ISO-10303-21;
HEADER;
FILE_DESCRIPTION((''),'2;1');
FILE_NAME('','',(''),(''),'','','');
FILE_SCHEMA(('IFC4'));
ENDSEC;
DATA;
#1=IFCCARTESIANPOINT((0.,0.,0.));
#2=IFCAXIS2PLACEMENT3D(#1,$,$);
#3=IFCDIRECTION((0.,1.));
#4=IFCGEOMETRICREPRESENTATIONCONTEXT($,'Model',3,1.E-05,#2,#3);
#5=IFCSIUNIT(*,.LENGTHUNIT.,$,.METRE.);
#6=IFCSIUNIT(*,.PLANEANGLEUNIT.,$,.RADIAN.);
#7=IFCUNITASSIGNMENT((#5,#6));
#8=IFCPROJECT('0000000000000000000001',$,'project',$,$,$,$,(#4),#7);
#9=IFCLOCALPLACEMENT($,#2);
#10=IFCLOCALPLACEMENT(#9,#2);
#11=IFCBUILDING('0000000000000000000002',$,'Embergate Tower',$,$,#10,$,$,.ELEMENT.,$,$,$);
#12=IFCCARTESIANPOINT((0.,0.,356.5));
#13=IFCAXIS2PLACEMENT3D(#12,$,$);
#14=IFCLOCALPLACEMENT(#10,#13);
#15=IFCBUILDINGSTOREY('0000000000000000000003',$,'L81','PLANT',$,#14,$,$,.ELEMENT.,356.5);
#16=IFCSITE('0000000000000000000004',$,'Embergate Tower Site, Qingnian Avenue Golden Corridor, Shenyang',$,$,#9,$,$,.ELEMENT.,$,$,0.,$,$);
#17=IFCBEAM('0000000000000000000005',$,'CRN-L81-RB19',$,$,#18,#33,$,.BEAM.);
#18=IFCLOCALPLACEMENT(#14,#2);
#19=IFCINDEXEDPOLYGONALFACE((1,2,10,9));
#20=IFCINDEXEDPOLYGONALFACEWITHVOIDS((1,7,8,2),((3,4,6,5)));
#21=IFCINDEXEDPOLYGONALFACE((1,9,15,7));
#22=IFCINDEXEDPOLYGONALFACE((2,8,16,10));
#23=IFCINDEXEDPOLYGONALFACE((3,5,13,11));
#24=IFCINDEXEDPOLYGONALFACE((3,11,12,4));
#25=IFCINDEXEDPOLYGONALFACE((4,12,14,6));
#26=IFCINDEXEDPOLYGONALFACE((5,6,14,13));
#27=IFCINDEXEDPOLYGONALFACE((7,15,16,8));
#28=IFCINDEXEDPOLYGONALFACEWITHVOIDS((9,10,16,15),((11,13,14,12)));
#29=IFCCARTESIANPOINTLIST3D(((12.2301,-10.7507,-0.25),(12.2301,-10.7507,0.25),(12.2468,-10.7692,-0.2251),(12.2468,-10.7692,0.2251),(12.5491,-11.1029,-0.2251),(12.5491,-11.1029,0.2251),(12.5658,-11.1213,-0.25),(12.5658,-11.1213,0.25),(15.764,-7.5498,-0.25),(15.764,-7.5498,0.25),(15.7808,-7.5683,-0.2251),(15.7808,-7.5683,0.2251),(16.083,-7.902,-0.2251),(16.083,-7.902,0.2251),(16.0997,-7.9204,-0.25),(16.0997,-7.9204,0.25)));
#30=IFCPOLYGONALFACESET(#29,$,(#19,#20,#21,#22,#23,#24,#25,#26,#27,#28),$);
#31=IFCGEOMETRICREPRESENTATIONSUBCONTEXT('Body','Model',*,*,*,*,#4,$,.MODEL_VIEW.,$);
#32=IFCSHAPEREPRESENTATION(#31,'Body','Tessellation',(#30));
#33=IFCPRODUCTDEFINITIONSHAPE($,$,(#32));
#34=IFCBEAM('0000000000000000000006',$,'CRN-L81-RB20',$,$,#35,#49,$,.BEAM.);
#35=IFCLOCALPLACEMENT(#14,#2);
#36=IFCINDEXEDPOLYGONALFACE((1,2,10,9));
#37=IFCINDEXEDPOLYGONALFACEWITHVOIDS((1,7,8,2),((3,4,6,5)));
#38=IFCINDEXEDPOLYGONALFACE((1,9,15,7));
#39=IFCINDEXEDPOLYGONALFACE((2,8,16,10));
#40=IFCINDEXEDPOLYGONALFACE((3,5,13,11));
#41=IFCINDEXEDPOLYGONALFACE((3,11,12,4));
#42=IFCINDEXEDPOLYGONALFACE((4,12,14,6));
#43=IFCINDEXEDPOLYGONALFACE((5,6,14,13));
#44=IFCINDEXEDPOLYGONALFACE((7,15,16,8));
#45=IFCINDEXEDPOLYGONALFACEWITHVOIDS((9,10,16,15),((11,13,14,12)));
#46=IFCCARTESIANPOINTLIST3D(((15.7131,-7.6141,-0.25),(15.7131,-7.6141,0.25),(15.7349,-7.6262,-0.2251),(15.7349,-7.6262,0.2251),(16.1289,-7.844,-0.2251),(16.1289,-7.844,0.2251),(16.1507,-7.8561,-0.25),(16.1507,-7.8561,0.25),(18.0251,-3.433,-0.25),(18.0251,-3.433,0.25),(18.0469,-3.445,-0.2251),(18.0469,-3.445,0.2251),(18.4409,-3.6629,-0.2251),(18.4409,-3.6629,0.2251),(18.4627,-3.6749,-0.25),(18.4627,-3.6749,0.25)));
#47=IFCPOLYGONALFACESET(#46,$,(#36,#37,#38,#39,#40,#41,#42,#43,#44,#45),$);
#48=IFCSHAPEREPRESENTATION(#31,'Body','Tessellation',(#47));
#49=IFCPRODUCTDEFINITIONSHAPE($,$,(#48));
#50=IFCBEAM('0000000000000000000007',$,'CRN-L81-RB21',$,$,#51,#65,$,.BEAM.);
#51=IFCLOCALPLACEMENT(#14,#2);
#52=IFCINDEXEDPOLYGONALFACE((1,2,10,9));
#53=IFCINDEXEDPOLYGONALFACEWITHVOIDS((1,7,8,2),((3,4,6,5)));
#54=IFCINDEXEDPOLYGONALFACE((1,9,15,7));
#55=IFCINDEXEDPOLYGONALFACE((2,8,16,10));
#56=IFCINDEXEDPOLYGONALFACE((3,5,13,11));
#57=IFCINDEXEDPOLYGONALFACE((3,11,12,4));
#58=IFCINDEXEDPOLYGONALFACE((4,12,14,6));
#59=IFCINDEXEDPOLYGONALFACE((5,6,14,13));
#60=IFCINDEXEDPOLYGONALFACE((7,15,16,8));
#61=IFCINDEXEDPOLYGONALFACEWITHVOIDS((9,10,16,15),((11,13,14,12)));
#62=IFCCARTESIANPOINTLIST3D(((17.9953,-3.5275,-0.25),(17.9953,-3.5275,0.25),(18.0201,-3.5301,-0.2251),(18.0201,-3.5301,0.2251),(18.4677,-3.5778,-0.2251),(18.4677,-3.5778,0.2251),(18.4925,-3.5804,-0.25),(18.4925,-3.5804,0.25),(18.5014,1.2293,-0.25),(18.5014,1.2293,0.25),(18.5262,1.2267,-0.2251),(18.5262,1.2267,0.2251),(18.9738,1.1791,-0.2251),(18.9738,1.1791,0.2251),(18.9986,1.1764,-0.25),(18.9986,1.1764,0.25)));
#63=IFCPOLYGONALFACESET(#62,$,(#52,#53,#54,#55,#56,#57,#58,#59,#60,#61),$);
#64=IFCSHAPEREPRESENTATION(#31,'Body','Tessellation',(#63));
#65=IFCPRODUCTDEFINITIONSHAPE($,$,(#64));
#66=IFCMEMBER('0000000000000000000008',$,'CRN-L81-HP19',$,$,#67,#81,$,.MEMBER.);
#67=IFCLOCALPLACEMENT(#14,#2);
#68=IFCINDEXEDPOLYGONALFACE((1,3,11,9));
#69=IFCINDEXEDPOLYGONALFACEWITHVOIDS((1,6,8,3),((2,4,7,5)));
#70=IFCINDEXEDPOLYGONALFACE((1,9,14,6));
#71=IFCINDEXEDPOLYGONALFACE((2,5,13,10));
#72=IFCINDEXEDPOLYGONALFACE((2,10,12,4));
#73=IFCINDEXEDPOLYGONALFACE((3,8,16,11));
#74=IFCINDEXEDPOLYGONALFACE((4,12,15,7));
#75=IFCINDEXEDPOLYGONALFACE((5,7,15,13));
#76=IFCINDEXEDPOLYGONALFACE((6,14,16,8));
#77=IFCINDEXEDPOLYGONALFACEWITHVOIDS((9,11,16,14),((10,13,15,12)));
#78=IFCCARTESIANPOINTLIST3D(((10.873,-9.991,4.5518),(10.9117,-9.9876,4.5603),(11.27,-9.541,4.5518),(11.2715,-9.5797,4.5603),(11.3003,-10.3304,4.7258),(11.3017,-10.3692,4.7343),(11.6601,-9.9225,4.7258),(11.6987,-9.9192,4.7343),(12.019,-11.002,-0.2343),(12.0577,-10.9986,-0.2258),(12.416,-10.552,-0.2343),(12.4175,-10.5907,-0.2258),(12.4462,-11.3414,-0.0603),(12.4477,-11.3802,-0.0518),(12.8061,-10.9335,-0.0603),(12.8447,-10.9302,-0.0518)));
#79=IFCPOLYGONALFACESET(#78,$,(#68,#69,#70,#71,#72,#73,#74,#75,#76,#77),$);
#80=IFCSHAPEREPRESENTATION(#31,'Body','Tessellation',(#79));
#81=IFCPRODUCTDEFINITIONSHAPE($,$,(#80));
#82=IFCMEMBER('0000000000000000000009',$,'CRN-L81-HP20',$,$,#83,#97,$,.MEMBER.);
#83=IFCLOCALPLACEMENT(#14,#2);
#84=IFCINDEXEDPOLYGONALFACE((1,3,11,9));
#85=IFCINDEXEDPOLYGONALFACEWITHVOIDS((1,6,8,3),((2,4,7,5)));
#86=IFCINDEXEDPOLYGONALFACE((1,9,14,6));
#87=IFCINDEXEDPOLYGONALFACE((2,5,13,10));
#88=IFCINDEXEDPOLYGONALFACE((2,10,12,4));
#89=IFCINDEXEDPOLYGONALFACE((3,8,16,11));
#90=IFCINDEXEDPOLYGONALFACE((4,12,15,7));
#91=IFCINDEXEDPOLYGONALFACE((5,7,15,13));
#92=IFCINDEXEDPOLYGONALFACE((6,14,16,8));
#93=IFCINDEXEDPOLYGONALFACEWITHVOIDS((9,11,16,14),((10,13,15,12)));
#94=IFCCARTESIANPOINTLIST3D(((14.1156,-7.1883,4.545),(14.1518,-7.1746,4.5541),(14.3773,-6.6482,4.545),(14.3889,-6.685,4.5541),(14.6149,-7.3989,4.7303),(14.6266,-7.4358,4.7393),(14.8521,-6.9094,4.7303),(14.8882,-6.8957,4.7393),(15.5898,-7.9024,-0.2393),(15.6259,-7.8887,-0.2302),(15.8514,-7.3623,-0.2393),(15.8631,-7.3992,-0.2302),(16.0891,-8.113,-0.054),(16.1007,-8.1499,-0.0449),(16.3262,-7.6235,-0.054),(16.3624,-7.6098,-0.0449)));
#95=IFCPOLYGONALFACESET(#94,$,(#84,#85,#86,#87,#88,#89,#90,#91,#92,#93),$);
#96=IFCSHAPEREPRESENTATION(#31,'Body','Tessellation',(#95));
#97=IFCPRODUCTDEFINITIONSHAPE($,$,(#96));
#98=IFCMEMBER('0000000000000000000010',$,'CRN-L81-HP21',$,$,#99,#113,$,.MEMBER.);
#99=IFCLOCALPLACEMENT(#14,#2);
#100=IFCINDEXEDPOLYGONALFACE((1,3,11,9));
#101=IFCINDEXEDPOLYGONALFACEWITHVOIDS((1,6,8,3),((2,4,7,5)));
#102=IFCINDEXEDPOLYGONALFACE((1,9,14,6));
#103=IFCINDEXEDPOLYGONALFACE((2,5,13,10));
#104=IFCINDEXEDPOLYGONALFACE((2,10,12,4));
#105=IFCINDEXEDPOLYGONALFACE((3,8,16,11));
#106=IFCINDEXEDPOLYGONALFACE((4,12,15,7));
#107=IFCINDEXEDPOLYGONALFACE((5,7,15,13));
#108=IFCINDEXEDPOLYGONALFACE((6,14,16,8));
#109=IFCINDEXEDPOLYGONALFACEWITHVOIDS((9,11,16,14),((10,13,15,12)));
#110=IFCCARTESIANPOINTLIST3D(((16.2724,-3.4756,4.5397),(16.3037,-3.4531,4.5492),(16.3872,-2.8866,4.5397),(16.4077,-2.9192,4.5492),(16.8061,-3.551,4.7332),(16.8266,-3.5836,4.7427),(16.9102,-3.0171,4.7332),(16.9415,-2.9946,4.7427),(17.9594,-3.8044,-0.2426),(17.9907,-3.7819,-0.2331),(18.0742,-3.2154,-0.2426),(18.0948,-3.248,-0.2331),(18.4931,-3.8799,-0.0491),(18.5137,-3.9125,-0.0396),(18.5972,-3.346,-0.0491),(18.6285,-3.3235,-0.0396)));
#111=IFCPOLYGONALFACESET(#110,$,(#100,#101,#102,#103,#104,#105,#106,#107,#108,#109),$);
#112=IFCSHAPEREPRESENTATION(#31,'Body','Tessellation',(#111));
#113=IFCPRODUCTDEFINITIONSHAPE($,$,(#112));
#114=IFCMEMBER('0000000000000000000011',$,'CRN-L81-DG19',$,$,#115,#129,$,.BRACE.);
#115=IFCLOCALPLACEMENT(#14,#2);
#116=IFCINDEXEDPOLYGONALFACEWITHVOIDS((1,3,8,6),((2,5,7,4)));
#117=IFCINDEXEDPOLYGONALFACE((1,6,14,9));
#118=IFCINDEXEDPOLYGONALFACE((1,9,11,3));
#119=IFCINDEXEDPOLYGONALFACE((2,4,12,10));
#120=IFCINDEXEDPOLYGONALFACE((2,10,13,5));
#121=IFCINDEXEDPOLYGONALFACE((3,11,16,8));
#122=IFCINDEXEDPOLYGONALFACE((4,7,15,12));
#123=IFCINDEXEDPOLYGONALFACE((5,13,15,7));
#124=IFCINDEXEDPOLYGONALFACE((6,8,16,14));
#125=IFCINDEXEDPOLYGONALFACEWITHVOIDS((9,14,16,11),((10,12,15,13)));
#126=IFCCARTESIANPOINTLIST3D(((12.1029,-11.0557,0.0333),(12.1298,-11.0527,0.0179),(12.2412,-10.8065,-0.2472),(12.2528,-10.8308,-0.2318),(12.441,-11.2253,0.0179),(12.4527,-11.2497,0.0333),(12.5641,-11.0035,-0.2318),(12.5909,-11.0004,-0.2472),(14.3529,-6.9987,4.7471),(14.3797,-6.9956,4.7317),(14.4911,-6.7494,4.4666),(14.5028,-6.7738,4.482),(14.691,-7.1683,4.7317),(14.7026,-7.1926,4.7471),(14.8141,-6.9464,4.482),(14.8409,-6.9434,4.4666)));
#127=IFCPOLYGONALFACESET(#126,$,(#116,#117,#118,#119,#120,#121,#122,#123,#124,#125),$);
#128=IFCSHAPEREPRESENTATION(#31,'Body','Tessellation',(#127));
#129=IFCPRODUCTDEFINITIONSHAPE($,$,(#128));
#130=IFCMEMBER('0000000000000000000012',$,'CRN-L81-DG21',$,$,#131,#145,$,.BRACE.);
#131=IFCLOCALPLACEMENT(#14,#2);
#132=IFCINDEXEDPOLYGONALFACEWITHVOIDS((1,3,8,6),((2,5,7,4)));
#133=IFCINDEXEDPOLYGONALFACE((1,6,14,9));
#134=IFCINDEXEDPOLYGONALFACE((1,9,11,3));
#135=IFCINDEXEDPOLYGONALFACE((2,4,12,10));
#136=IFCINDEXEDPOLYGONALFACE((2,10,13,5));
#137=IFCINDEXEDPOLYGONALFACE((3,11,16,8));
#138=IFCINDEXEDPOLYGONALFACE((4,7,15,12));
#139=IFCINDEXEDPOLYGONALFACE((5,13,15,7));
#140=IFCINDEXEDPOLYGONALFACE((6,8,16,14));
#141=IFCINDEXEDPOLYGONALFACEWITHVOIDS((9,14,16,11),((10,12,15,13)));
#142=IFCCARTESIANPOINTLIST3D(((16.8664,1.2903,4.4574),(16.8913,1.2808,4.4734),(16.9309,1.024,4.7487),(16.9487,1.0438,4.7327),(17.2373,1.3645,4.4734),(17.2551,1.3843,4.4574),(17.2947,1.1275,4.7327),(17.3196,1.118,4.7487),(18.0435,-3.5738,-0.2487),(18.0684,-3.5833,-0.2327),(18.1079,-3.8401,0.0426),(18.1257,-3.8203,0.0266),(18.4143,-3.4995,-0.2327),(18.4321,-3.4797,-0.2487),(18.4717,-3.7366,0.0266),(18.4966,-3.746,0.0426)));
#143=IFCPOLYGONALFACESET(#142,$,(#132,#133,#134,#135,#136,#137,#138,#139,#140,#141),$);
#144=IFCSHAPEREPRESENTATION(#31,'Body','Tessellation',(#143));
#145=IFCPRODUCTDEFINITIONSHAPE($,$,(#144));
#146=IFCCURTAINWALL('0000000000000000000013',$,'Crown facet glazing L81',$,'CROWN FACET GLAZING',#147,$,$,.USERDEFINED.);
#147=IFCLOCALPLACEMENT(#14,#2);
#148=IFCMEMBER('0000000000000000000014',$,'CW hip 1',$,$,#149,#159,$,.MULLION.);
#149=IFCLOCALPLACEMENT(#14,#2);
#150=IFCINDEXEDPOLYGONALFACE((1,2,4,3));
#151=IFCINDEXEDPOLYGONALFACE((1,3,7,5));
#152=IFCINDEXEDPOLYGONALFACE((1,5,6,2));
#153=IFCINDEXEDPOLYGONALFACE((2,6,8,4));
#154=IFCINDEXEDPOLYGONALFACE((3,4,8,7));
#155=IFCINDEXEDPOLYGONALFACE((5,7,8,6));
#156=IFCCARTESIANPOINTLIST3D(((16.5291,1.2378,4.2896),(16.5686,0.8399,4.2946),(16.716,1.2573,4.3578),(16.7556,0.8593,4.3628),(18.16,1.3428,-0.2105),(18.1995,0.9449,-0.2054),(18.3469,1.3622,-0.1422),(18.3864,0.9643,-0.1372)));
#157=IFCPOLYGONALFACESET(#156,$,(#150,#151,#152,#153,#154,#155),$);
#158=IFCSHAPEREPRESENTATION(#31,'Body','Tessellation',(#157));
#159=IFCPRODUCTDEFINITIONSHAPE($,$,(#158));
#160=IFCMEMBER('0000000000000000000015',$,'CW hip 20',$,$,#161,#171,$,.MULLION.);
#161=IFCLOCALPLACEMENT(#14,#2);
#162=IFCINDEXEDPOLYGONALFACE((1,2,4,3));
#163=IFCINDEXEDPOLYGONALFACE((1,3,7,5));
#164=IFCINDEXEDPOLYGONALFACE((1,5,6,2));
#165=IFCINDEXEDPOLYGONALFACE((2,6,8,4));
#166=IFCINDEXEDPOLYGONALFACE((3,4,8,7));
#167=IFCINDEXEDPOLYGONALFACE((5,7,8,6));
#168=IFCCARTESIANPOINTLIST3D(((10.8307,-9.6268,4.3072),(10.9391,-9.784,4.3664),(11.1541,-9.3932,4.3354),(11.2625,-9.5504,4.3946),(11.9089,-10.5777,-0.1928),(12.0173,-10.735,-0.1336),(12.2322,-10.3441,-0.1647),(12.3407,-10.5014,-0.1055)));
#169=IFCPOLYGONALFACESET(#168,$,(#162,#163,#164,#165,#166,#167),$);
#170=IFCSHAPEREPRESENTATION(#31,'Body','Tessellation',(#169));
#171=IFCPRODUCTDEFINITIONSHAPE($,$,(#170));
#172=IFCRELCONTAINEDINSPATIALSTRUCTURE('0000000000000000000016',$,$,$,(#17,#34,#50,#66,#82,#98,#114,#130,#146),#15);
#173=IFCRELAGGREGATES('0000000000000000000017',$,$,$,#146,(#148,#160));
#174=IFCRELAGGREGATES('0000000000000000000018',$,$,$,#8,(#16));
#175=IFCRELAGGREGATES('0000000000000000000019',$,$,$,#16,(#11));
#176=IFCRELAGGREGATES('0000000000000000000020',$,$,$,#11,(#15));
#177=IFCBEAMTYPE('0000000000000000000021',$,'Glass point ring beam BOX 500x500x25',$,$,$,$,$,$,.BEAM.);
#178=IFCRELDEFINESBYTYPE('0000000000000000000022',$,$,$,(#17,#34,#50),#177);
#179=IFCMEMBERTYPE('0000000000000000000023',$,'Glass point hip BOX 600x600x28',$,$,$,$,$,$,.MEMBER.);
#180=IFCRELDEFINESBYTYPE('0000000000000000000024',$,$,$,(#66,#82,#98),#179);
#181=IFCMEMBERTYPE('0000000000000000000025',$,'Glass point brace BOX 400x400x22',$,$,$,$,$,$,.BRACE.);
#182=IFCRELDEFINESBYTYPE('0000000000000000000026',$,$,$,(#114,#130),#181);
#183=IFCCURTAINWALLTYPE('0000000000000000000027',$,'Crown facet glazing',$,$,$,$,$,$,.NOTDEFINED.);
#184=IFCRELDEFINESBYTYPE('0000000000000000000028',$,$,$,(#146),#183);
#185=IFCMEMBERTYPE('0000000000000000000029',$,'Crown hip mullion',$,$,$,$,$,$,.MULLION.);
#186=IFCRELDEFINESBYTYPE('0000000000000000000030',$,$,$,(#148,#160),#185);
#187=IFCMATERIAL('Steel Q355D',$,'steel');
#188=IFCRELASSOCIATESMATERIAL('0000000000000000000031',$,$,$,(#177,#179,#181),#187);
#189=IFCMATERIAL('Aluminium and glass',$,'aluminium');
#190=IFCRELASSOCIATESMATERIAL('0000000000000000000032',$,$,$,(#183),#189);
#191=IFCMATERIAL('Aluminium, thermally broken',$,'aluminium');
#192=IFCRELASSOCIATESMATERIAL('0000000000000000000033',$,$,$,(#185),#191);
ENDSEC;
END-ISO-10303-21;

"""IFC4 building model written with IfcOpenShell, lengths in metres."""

from ifc_helpers import new_model, si_unit, direction, frame, origin, origin_2d, place, context, subcontext, project, spatial, rectangle, hollow_rectangle, extrude, source, transform, mapped, material, material_profile, profile_set, type_object, element, aggregate, save


model = new_model("IFC4")

# Units and contexts
model_context = context("Model", 3, precision=1e-05, world=origin(), true_north=direction((0.0, 1.0)))
body_context = subcontext(model_context, "Body", "Model", "MODEL_VIEW")
ifc_project = project(units=[si_unit("LENGTHUNIT", "METRE"), si_unit("PLANEANGLEUNIT", "RADIAN")], contexts=[model_context])

# Site, building, storey
site_placement = place(None, origin())
site = spatial("IfcSite", under=ifc_project, at=site_placement, Name="Embergate Tower Site, Qingnian Avenue Golden Corridor, Shenyang", CompositionType="ELEMENT", RefElevation=0.0)
building_placement = place(site_placement, origin())
building = spatial("IfcBuilding", under=site, at=building_placement, Name="Embergate Tower", CompositionType="ELEMENT")
storey_placement = place(building_placement, frame((0.0, 0.0, 356.5)))
storey = spatial("IfcBuildingStorey", under=building, at=storey_placement, Name="L81", Description="PLANT", CompositionType="ELEMENT", Elevation=356.5)

# Beams
ifc_material_1 = material(Name="Steel Q355D", Category="steel")
ifc_material_profile_1 = material_profile(ifc_material_1, hollow_rectangle(XDim=0.5, YDim=0.5, WallThickness=0.0249, at=origin_2d()), Name="BOX 500x500x25")
ifc_profile_set_1 = profile_set([ifc_material_profile_1], Name="Steel Q355 grade D")
beam_type = type_object("IfcBeamType", Name="Glass point ring beam BOX 500x500x25", PredefinedType="BEAM", material=ifc_profile_set_1)
shared_shape_1 = source(origin(), body_context, "Body", "SweptSolid", [
    extrude(hollow_rectangle(XDim=0.5, YDim=0.5, WallThickness=0.0249, at=origin_2d()), origin(), (0.0, 0.0, 1.0), 4.7681),
])
beam_1_placement = place(storey_placement, frame((12.3979, -10.936, 0.0), z_axis=(0.741164, 0.671323, 0.0), x_axis=(-0.671323, 0.741164, 0.0)))
element("IfcBeam", 1, at=beam_1_placement, inside=storey, type_object=beam_type, Name="CRN-L81-RB19", PredefinedType="BEAM", context=body_context, shape_type="MappedRepresentation", body=[
    mapped(shared_shape_1, transform((0.0, 0.0, 0.0))),
])
shared_shape_2 = source(origin(), body_context, "Body", "SweptSolid", [
    extrude(hollow_rectangle(XDim=0.5, YDim=0.5, WallThickness=0.0249, at=origin_2d()), origin(), (0.0, 0.0, 1.0), 4.7778),
])
beam_2_placement = place(storey_placement, frame((15.9319, -7.7351, 0.0), z_axis=(0.483907, 0.87512, 0.0), x_axis=(-0.87512, 0.483907, 0.0)))
element("IfcBeam", 2, at=beam_2_placement, inside=storey, type_object=beam_type, Name="CRN-L81-RB20", PredefinedType="BEAM", context=body_context, shape_type="MappedRepresentation", body=[
    mapped(shared_shape_2, transform((0.0, 0.0, 0.0))),
])
shared_shape_3 = source(origin(), body_context, "Body", "SweptSolid", [
    extrude(hollow_rectangle(XDim=0.5, YDim=0.5, WallThickness=0.0249, at=origin_2d()), origin(), (0.0, 0.0, 1.0), 4.7837),
])
beam_3_placement = place(storey_placement, frame((18.2439, -3.554, 0.0), z_axis=(0.105798, 0.994388, 0.0), x_axis=(-0.994388, 0.105798, 0.0)))
element("IfcBeam", 3, at=beam_3_placement, inside=storey, type_object=beam_type, Name="CRN-L81-RB21", PredefinedType="BEAM", context=body_context, shape_type="MappedRepresentation", body=[
    mapped(shared_shape_3, transform((0.0, 0.0, 0.0))),
])

# Members
ifc_material_profile_2 = material_profile(ifc_material_1, hollow_rectangle(XDim=0.6001, YDim=0.6001, WallThickness=0.0281, at=origin_2d()), Name="BOX 600x600x28")
ifc_profile_set_2 = profile_set([ifc_material_profile_2], Name="Steel Q355 grade D")
member_type_1 = type_object("IfcMemberType", Name="Glass point hip BOX 600x600x28", PredefinedType="MEMBER", material=ifc_profile_set_2)
shared_shape_4 = source(origin(), body_context, "Body", "SweptSolid", [
    extrude(hollow_rectangle(XDim=0.6001, YDim=0.6001, WallThickness=0.0281, at=origin_2d()), origin(), (0.0, 0.0, 1.0), 5.0242),
])
member_1_placement = place(storey_placement, frame((12.4319, -10.9661, -0.1431), z_axis=(-0.228096, 0.201224, 0.952618), x_axis=(-0.661553, -0.749898, 0.0)))
element("IfcMember", 4, at=member_1_placement, inside=storey, type_object=member_type_1, Name="CRN-L81-HP19", PredefinedType="MEMBER", context=body_context, shape_type="MappedRepresentation", body=[
    mapped(shared_shape_4, transform((0.0, 0.0, 0.0))),
])
shared_shape_5 = source(origin(), body_context, "Body", "SweptSolid", [
    extrude(hollow_rectangle(XDim=0.6001, YDim=0.6001, WallThickness=0.0281, at=origin_2d()), origin(), (0.0, 0.0, 1.0), 5.0569),
])
member_2_placement = place(storey_placement, frame((15.9761, -7.7561, -0.1421), z_axis=(-0.291512, 0.141218, 0.946086), x_axis=(-0.43597, -0.899961, 0.0)))
element("IfcMember", 5, at=member_2_placement, inside=storey, type_object=member_type_1, Name="CRN-L81-HP20", PredefinedType="MEMBER", context=body_context, shape_type="MappedRepresentation", body=[
    mapped(shared_shape_5, transform((0.0, 0.0, 0.0))),
])
shared_shape_6 = source(origin(), body_context, "Body", "SweptSolid", [
    extrude(hollow_rectangle(XDim=0.6001, YDim=0.6001, WallThickness=0.0281, at=origin_2d()), origin(), (0.0, 0.0, 1.0), 5.0818),
])
member_3_placement = place(storey_placement, frame((18.2939, -3.564, -0.1411), z_axis=(-0.331977, 0.064714, 0.941065), x_axis=(-0.191333, -0.981525, 0.0)))
element("IfcMember", 6, at=member_3_placement, inside=storey, type_object=member_type_1, Name="CRN-L81-HP21", PredefinedType="MEMBER", context=body_context, shape_type="MappedRepresentation", body=[
    mapped(shared_shape_6, transform((0.0, 0.0, 0.0))),
])
ifc_material_profile_3 = material_profile(ifc_material_1, hollow_rectangle(XDim=0.3999, YDim=0.3999, WallThickness=0.022, at=origin_2d()), Name="BOX 400x400x22")
ifc_profile_set_3 = profile_set([ifc_material_profile_3], Name="Steel Q355 grade D")
member_type_2 = type_object("IfcMemberType", Name="Glass point brace BOX 400x400x22", PredefinedType="BRACE", material=ifc_profile_set_3)
shared_shape_7 = source(origin(), body_context, "Body", "SweptSolid", [
    extrude(hollow_rectangle(XDim=0.3999, YDim=0.3999, WallThickness=0.022, at=origin_2d()), origin(), (0.0, 0.0, 1.0), 6.6138),
])
member_4_placement = place(storey_placement, frame((12.3469, -11.0281, -0.1069), z_axis=(0.340194, 0.613427, 0.712724), x_axis=(-0.874519, 0.48499, 0.0)))
element("IfcMember", 7, at=member_4_placement, inside=storey, type_object=member_type_2, Name="CRN-L81-DG19", PredefinedType="BRACE", context=body_context, shape_type="MappedRepresentation", body=[
    mapped(shared_shape_7, transform((0.0, 0.0, 0.0))),
])
shared_shape_8 = source(origin(), body_context, "Body", "SweptSolid", [
    extrude(hollow_rectangle(XDim=0.3999, YDim=0.3999, WallThickness=0.022, at=origin_2d()), origin(), (0.0, 0.0, 1.0), 6.8696),
])
member_5_placement = place(storey_placement, frame((18.27, -3.6599, -0.103), z_axis=(-0.171336, 0.708053, 0.685059), x_axis=(-0.971949, -0.235194, 0.0)))
element("IfcMember", 8, at=member_5_placement, inside=storey, type_object=member_type_2, Name="CRN-L81-DG21", PredefinedType="BRACE", context=body_context, shape_type="MappedRepresentation", body=[
    mapped(shared_shape_8, transform((0.0, 0.0, 0.0))),
])

# Curtain wall, members
ifc_material_2 = material(Name="Aluminium and glass", Category="aluminium")
curtain_wall_type = type_object("IfcCurtainWallType", Name="Crown facet glazing", PredefinedType="NOTDEFINED", material=ifc_material_2)
curtain_wall_placement = place(storey_placement, origin())
curtain_wall = element("IfcCurtainWall", 9, at=curtain_wall_placement, inside=storey, type_object=curtain_wall_type, Name="Crown facet glazing L81", ObjectType="CROWN FACET GLAZING", PredefinedType="USERDEFINED")
ifc_material_3 = material(Name="Aluminium, thermally broken", Category="aluminium")
ifc_material_profile_4 = material_profile(ifc_material_3, rectangle(XDim=0.2, YDim=0.3999, at=origin_2d()), Name="AL 400x200")
ifc_profile_set_4 = profile_set([ifc_material_profile_4], Name="Aluminium, thermally broken")
member_type_3 = type_object("IfcMemberType", Name="Crown hip mullion", PredefinedType="MULLION", material=ifc_profile_set_4)
shared_shape_9 = source(origin(), body_context, "Body", "SweptSolid", [
    extrude(rectangle(XDim=0.2, YDim=0.3999, at=origin_2d()), origin(), (0.0, 0.0, 1.0), 4.7876),
])
member_6_placement = place(storey_placement, frame((18.2732, 1.1536, -0.1738), z_axis=(-0.340645, -0.021928, 0.939936), x_axis=(0.934985, 0.097166, 0.341118)))
member_6 = element("IfcMember", 10, at=member_6_placement, type_object=member_type_3, Name="CW hip 1", PredefinedType="MULLION", context=body_context, shape_type="MappedRepresentation", body=[
    mapped(shared_shape_9, transform((0.0, 0.0, 0.0))),
])
shared_shape_10 = source(origin(), body_context, "Body", "SweptSolid", [
    extrude(rectangle(XDim=0.2, YDim=0.3999, at=origin_2d()), origin(), (0.0, 0.0, 1.0), 4.7241),
])
member_7_placement = place(storey_placement, frame((12.1248, -10.5396, -0.1492), z_axis=(-0.228221, 0.201295, 0.952573), x_axis=(0.542215, -0.786348, 0.296075)))
member_7 = element("IfcMember", 11, at=member_7_placement, type_object=member_type_3, Name="CW hip 20", PredefinedType="MULLION", context=body_context, shape_type="MappedRepresentation", body=[
    mapped(shared_shape_10, transform((0.0, 0.0, 0.0))),
])
aggregate(curtain_wall, [member_6, member_7])

save(model, "model.ifc")
